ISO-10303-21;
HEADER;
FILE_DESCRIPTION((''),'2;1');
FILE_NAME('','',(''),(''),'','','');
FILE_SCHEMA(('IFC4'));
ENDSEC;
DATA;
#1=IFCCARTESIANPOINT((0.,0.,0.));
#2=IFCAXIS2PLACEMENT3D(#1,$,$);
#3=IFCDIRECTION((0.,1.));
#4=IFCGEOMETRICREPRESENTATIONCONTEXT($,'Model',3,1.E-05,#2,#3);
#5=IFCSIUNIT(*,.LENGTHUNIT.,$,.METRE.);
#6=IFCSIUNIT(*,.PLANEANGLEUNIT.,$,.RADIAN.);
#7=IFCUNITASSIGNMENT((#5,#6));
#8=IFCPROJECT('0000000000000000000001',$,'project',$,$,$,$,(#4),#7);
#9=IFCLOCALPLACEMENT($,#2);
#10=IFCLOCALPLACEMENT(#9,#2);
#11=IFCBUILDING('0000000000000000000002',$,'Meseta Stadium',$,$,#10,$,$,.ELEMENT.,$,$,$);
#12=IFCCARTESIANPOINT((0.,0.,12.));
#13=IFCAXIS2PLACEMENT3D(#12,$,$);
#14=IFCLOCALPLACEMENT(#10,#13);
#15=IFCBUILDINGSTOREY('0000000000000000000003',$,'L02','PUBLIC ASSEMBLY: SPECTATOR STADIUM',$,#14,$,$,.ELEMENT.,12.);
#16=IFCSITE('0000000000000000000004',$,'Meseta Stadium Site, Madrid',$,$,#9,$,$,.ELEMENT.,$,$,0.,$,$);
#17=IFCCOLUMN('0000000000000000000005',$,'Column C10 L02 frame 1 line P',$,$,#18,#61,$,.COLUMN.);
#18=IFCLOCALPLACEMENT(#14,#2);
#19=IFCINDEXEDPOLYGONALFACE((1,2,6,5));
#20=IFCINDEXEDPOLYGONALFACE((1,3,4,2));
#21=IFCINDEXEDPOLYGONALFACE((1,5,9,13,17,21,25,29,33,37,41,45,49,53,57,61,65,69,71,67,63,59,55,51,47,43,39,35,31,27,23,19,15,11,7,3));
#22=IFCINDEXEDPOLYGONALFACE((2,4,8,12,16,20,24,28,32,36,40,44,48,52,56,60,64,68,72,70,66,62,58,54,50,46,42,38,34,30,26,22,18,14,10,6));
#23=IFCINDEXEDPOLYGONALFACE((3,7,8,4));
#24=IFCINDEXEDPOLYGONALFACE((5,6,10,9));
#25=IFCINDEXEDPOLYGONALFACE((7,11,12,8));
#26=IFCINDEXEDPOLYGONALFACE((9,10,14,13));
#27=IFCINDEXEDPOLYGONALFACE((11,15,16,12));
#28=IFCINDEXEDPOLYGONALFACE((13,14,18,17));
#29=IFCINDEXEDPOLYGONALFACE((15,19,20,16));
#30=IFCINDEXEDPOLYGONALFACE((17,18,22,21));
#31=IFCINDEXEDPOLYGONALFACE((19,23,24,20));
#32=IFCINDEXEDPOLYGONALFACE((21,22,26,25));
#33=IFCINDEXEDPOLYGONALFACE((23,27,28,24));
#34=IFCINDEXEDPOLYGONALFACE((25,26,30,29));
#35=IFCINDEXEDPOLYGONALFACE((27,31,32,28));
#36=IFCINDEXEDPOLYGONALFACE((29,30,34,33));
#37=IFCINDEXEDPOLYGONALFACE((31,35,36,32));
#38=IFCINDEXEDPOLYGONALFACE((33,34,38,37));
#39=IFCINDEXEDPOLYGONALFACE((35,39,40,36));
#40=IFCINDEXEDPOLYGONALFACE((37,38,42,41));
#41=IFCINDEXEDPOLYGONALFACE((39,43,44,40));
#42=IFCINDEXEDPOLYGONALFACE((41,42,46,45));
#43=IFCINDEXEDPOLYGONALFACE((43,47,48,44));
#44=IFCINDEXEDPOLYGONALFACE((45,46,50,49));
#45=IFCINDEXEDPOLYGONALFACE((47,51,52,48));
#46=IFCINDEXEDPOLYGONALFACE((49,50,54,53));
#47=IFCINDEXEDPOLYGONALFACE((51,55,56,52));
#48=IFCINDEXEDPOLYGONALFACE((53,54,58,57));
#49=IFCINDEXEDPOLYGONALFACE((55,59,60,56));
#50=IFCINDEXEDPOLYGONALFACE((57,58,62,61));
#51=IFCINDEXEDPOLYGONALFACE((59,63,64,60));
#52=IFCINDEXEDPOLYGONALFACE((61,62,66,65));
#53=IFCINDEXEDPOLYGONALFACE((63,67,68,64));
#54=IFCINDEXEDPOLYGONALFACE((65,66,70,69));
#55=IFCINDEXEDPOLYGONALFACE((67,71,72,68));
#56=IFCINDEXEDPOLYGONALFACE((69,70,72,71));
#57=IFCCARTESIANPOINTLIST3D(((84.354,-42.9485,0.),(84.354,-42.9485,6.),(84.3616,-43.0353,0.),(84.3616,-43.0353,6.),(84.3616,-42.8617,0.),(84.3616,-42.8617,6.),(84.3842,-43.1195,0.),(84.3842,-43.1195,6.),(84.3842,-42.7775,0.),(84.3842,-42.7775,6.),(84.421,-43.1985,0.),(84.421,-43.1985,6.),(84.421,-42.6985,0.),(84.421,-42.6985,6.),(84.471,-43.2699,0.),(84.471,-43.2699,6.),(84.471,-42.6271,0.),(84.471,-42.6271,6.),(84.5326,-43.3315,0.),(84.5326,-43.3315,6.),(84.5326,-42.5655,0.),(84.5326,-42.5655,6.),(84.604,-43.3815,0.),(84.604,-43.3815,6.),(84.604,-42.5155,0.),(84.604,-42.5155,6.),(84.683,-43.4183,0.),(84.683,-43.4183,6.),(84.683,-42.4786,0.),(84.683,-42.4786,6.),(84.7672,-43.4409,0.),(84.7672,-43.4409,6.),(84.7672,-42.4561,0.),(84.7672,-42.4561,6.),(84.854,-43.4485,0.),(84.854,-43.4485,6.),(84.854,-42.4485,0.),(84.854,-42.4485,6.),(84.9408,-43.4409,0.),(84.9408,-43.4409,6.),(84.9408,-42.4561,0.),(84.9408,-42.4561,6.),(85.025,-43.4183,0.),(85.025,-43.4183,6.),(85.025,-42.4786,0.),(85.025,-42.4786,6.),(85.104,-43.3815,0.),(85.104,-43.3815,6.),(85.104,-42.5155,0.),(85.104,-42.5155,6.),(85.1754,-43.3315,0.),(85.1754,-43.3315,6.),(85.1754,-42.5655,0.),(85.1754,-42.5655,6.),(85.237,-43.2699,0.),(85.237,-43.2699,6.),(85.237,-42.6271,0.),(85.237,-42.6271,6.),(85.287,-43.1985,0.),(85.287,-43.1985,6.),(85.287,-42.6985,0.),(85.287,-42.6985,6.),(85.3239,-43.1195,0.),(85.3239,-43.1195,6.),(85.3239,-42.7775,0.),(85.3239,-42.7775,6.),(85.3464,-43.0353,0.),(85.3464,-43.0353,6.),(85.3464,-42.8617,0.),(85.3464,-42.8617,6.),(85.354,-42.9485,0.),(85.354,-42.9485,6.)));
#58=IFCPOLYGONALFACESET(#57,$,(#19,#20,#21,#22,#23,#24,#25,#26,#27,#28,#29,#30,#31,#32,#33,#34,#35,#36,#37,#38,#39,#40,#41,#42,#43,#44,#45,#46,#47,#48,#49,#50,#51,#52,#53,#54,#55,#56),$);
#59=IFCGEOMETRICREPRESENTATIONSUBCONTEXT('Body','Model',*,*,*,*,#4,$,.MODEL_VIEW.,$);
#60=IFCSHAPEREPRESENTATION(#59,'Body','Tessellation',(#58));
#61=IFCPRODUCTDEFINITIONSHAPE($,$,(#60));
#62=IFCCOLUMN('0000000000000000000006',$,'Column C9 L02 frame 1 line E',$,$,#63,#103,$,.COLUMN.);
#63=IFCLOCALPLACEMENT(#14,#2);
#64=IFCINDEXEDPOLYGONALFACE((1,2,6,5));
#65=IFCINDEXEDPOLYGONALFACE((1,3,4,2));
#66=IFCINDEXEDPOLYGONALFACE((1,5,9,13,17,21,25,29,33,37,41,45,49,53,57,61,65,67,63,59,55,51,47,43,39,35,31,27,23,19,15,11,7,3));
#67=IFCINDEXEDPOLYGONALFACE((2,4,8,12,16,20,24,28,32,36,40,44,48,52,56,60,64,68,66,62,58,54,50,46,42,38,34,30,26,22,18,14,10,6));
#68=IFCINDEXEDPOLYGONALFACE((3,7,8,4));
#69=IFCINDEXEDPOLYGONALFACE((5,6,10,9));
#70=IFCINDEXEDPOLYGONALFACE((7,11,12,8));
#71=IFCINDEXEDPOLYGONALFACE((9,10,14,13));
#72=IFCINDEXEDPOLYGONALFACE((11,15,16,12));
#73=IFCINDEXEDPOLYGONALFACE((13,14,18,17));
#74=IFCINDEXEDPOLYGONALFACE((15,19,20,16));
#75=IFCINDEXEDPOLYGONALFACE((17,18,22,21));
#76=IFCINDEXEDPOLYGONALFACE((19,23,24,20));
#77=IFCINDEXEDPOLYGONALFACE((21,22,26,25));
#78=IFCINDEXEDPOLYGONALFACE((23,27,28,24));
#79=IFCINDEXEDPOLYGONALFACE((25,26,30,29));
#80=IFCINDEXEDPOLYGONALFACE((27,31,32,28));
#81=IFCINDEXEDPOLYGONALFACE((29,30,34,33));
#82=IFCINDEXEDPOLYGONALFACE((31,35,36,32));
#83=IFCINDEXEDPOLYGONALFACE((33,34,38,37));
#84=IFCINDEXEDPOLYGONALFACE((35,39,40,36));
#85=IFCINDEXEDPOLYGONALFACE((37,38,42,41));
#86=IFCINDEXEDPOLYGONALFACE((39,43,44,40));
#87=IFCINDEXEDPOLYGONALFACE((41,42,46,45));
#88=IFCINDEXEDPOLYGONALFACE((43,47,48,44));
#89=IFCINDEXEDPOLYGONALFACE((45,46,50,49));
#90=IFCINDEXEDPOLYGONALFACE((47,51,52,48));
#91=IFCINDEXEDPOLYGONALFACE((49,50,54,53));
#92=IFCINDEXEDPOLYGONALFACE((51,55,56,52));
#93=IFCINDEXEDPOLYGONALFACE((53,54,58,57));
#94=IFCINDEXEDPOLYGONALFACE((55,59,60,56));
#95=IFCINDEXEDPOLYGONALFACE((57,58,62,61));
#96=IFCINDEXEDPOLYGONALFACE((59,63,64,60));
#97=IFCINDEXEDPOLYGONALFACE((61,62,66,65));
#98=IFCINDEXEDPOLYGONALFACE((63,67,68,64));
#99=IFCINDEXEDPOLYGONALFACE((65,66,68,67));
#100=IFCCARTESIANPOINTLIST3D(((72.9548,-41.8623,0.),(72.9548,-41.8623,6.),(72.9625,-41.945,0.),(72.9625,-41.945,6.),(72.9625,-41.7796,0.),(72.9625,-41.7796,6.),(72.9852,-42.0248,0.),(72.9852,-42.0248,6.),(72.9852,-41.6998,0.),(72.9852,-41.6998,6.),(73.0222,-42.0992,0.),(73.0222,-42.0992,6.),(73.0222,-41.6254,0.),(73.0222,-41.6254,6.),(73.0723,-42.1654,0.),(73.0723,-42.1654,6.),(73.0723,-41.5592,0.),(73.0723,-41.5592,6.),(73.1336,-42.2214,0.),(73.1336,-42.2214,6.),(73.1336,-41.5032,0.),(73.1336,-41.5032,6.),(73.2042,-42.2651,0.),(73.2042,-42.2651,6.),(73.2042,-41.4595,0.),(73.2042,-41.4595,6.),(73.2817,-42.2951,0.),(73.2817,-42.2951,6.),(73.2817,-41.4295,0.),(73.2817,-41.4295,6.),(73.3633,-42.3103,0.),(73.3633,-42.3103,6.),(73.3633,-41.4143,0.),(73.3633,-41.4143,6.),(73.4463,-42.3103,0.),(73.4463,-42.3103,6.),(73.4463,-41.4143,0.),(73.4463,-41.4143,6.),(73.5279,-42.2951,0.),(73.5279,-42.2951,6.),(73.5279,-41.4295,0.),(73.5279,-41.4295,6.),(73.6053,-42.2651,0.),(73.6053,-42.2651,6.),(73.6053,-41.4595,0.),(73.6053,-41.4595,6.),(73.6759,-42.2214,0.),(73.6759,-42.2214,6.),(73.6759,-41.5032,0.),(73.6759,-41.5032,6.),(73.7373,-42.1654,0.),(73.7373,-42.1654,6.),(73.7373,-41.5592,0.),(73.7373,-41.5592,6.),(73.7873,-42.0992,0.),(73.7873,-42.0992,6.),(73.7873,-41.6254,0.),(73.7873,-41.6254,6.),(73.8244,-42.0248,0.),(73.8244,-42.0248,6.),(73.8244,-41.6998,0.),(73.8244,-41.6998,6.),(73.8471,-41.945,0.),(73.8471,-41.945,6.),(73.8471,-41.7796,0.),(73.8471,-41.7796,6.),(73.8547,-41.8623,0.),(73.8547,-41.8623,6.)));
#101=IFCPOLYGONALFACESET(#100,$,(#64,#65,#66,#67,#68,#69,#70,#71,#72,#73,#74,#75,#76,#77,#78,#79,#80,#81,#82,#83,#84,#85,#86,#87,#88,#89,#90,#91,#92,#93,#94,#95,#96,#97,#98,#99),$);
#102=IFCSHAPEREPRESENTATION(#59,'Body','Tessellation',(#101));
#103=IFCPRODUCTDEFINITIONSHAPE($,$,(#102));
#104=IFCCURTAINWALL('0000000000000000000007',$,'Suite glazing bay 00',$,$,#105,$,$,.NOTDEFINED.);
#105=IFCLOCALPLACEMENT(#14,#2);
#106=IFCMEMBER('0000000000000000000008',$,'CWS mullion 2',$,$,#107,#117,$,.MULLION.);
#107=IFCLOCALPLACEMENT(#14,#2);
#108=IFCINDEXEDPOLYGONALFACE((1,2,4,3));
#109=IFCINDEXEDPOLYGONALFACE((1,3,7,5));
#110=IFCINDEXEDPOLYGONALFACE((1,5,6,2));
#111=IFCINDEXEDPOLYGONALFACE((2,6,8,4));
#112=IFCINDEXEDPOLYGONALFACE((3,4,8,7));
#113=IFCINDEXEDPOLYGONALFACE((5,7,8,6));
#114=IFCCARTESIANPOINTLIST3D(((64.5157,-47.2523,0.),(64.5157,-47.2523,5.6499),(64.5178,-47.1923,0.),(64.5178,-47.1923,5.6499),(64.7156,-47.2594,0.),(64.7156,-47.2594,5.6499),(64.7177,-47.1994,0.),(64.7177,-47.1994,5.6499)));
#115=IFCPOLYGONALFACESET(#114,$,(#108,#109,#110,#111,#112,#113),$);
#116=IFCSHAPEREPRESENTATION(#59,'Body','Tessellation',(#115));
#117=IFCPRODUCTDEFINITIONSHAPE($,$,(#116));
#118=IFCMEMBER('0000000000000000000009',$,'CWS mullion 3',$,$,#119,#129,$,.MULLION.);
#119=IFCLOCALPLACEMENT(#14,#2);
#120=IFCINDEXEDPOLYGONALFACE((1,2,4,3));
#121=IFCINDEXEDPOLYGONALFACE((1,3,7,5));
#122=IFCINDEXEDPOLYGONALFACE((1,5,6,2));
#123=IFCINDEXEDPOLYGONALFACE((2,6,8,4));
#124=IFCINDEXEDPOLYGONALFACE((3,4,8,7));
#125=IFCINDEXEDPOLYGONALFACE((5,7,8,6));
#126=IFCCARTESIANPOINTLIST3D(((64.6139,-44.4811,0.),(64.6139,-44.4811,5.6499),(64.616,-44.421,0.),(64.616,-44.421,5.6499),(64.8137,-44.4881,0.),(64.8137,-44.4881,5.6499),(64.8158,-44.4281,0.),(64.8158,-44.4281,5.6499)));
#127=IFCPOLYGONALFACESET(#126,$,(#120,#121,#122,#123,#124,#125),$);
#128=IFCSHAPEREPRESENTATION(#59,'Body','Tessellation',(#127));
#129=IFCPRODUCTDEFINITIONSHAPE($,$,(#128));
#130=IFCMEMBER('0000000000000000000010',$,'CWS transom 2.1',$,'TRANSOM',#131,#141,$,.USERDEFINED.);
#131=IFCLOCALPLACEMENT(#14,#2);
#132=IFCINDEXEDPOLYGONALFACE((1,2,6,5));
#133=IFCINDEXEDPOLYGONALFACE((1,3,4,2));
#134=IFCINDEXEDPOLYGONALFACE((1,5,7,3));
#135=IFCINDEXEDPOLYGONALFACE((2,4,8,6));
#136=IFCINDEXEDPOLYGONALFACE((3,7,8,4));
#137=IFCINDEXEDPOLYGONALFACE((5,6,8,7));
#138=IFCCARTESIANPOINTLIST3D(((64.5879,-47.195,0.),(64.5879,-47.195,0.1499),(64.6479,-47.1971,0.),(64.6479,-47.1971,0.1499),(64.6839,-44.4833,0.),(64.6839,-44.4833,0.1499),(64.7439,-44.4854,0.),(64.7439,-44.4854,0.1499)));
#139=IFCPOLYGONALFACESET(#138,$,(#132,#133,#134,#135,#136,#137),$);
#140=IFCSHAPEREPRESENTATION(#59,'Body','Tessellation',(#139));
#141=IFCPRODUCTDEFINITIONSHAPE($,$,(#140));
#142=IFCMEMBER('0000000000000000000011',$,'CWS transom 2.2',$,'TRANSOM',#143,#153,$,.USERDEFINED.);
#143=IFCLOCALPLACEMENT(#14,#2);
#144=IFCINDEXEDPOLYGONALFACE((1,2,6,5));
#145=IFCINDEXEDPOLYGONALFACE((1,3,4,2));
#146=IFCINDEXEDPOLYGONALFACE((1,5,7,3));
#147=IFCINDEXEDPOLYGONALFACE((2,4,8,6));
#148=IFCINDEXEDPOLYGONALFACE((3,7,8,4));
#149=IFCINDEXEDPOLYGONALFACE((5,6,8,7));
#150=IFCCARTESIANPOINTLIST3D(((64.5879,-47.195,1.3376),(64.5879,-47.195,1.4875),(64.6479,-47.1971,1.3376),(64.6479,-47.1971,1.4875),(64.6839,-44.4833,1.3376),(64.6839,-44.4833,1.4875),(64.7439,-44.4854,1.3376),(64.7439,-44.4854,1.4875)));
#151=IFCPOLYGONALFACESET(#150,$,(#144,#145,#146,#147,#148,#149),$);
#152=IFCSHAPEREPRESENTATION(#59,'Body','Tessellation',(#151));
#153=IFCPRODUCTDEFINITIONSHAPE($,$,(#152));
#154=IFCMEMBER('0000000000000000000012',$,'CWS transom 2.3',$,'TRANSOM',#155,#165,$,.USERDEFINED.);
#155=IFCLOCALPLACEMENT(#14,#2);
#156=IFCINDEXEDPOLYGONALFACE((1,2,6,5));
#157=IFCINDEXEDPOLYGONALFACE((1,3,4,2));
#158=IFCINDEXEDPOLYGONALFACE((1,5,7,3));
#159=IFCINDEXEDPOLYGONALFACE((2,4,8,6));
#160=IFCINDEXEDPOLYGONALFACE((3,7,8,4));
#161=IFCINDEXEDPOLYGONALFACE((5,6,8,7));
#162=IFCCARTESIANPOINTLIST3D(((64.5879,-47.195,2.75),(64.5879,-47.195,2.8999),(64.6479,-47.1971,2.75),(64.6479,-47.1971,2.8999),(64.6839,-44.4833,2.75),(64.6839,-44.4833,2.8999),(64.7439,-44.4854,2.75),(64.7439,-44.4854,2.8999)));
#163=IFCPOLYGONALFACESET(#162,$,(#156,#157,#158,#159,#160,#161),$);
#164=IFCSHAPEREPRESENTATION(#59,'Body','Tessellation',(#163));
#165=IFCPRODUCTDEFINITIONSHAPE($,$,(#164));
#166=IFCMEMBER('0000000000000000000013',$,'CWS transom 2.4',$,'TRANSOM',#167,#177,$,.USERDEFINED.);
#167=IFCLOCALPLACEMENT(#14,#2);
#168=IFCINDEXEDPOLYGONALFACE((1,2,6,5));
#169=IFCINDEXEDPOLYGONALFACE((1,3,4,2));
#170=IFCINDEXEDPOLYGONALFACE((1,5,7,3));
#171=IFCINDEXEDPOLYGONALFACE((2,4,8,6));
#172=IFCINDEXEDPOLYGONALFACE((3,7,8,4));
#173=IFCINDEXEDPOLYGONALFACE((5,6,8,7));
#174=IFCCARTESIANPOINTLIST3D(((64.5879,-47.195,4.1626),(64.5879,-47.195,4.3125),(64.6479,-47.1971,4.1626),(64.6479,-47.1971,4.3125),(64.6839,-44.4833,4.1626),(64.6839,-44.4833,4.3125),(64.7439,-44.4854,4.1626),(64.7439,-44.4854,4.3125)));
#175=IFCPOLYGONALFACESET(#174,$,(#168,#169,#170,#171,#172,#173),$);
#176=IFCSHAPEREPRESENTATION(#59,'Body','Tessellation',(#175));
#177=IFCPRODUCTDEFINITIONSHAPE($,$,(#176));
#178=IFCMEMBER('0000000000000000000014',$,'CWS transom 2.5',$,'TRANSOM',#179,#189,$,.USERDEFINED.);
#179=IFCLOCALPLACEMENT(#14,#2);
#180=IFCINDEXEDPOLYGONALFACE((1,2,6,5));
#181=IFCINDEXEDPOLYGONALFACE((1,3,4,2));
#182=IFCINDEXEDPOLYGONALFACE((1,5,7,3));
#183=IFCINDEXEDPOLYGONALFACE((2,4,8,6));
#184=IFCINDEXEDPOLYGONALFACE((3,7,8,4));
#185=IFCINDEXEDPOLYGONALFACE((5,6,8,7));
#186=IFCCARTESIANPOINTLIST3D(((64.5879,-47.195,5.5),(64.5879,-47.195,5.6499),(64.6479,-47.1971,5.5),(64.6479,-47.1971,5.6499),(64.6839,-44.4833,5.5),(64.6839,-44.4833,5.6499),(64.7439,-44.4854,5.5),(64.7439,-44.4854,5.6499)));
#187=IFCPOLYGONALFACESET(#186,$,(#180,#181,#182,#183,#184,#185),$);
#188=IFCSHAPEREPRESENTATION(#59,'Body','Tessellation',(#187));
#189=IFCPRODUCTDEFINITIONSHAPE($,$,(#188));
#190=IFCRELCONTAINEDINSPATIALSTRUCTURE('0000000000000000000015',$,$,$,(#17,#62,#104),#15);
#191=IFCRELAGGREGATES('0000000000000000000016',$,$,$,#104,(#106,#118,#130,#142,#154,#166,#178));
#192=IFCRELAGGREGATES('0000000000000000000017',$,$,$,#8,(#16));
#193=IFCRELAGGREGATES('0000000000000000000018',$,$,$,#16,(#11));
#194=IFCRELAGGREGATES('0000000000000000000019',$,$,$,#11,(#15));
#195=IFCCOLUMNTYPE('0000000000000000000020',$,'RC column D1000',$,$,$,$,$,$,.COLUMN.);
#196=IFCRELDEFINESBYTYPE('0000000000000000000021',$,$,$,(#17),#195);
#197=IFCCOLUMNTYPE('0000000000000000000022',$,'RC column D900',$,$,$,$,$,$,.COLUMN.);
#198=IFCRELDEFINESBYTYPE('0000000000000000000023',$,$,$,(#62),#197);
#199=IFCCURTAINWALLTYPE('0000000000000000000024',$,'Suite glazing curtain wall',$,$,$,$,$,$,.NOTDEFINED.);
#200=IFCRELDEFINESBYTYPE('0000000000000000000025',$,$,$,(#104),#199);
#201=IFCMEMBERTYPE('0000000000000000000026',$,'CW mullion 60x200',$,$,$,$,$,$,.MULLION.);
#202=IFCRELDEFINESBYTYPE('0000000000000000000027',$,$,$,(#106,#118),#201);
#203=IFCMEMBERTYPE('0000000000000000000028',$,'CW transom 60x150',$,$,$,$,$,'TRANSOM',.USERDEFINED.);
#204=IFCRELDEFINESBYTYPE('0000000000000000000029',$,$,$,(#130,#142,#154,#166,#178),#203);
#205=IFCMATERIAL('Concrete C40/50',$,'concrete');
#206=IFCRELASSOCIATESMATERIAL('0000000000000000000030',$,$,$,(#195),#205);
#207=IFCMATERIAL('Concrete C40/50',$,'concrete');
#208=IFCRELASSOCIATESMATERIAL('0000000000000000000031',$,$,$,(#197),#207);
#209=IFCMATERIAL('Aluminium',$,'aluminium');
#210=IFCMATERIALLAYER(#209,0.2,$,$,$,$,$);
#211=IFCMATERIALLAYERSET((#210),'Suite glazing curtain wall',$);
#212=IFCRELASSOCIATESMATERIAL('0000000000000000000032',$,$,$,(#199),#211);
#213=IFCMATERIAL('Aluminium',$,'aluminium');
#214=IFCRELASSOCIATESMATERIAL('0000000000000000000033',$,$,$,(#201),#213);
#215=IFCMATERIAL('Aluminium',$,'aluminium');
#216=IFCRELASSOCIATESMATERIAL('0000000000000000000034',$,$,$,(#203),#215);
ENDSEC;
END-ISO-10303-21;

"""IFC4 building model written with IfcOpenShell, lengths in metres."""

from ifc_helpers import new_model, si_unit, direction, frame, origin, origin_2d, place, context, subcontext, project, spatial, rectangle, circle, extrude, material, layer, layer_set, material_profile, profile_set, type_object, element, aggregate, save


model = new_model("IFC4")

# Units and contexts
model_context = context("Model", 3, precision=1e-05, world=origin(), true_north=direction((0.0, 1.0)))
body_context = subcontext(model_context, "Body", "Model", "MODEL_VIEW")
ifc_project = project(units=[si_unit("LENGTHUNIT", "METRE"), si_unit("PLANEANGLEUNIT", "RADIAN")], contexts=[model_context])

# Site, building, storey
site_placement = place(None, origin())
site = spatial("IfcSite", under=ifc_project, at=site_placement, Name="Meseta Stadium Site, Madrid", CompositionType="ELEMENT", RefElevation=0.0)
building_placement = place(site_placement, origin())
building = spatial("IfcBuilding", under=site, at=building_placement, Name="Meseta Stadium", CompositionType="ELEMENT")
storey_placement = place(building_placement, frame((0.0, 0.0, 12.0)))
storey = spatial("IfcBuildingStorey", under=building, at=storey_placement, Name="L02", Description="PUBLIC ASSEMBLY: SPECTATOR STADIUM", CompositionType="ELEMENT", Elevation=12.0)

# Columns
ifc_material_1 = material(Name="Concrete C40/50", Category="concrete")
ifc_material_profile_1 = material_profile(ifc_material_1, circle(Radius=0.5, at=origin_2d()), Name="RC D1000")
ifc_profile_set_1 = profile_set([ifc_material_profile_1], Name="Concrete C40/50")
column_type_1 = type_object("IfcColumnType", Name="RC column D1000", PredefinedType="COLUMN", material=ifc_profile_set_1)
column_1_placement = place(storey_placement, frame((84.854, -42.9485, 0.0), z_axis=(0.0, 0.0, 1.0), x_axis=(1.0, 0.0, 0.0)))
element("IfcColumn", 1, at=column_1_placement, inside=storey, type_object=column_type_1, Name="Column C10 L02 frame 1 line P", PredefinedType="COLUMN", context=body_context, shape_type="SweptSolid", body=[
    extrude(circle(Radius=0.5, at=origin_2d()), origin(), (0.0, 0.0, 1.0), 6.0),
])
ifc_material_2 = material(Name="Concrete C40/50", Category="concrete")
ifc_material_profile_2 = material_profile(ifc_material_2, circle(Radius=0.45, at=origin_2d()), Name="RC D900")
ifc_profile_set_2 = profile_set([ifc_material_profile_2], Name="Concrete C40/50")
column_type_2 = type_object("IfcColumnType", Name="RC column D900", PredefinedType="COLUMN", material=ifc_profile_set_2)
column_2_placement = place(storey_placement, frame((73.4048, -41.8623, 0.0), z_axis=(0.0, 0.0, 1.0), x_axis=(1.0, 0.0, 0.0)))
element("IfcColumn", 2, at=column_2_placement, inside=storey, type_object=column_type_2, Name="Column C9 L02 frame 1 line E", PredefinedType="COLUMN", context=body_context, shape_type="SweptSolid", body=[
    extrude(circle(Radius=0.45, at=origin_2d()), origin(), (0.0, 0.0, 1.0), 6.0),
])

# Curtain wall, members
ifc_material_3 = material(Name="Aluminium", Category="aluminium")
ifc_layer_1 = layer(ifc_material_3, 0.2)
ifc_layer_set_1 = layer_set([ifc_layer_1], Name="Suite glazing curtain wall")
curtain_wall_type = type_object("IfcCurtainWallType", Name="Suite glazing curtain wall", PredefinedType="NOTDEFINED", material=ifc_layer_set_1)
curtain_wall_placement = place(storey_placement, origin())
curtain_wall = element("IfcCurtainWall", 3, at=curtain_wall_placement, inside=storey, type_object=curtain_wall_type, Name="Suite glazing bay 00", PredefinedType="NOTDEFINED")
ifc_material_4 = material(Name="Aluminium", Category="aluminium")
ifc_material_profile_3 = material_profile(ifc_material_4, rectangle(XDim=0.2, YDim=0.0601, at=origin_2d()), Name="CW 200x60")
ifc_profile_set_3 = profile_set([ifc_material_profile_3], Name="Aluminium")
member_type_1 = type_object("IfcMemberType", Name="CW mullion 60x200", PredefinedType="MULLION", material=ifc_profile_set_3)
member_1_placement = place(storey_placement, frame((64.6167, -47.2258, 0.0), z_axis=(0.0, 0.0, 1.0), x_axis=(-0.999374, 0.035371, 0.0)))
member_1 = element("IfcMember", 4, at=member_1_placement, type_object=member_type_1, Name="CWS mullion 2", PredefinedType="MULLION", context=body_context, shape_type="SweptSolid", body=[
    extrude(rectangle(XDim=0.2, YDim=0.0601, at=origin_2d()), origin(), (0.0, 0.0, 1.0), 5.6499),
])
member_2_placement = place(storey_placement, frame((64.7148, -44.4546, 0.0), z_axis=(0.0, 0.0, 1.0), x_axis=(-0.999374, 0.035371, 0.0)))
member_2 = element("IfcMember", 5, at=member_2_placement, type_object=member_type_1, Name="CWS mullion 3", PredefinedType="MULLION", context=body_context, shape_type="SweptSolid", body=[
    extrude(rectangle(XDim=0.2, YDim=0.0601, at=origin_2d()), origin(), (0.0, 0.0, 1.0), 5.6499),
])
ifc_material_5 = material(Name="Aluminium", Category="aluminium")
ifc_material_profile_4 = material_profile(ifc_material_5, rectangle(XDim=0.0601, YDim=0.1499, at=origin_2d()), Name="CW 60x150")
ifc_profile_set_4 = profile_set([ifc_material_profile_4], Name="Aluminium")
member_type_2 = type_object("IfcMemberType", Name="CW transom 60x150", ElementType="TRANSOM", PredefinedType="USERDEFINED", material=ifc_profile_set_4)
member_3_placement = place(storey_placement, frame((64.6179, -47.196, 0.075), z_axis=(0.035361, 0.999375, 0.0), x_axis=(-0.999375, 0.035361, 0.0)))
member_3 = element("IfcMember", 6, at=member_3_placement, type_object=member_type_2, Name="CWS transom 2.1", ObjectType="TRANSOM", PredefinedType="USERDEFINED", context=body_context, shape_type="SweptSolid", body=[
    extrude(rectangle(XDim=0.0601, YDim=0.1499, at=origin_2d()), origin(), (0.0, 0.0, 1.0), 2.7134),
])
member_4_placement = place(storey_placement, frame((64.6179, -47.196, 1.4126), z_axis=(0.035361, 0.999375, 0.0), x_axis=(-0.999375, 0.035361, 0.0)))
member_4 = element("IfcMember", 7, at=member_4_placement, type_object=member_type_2, Name="CWS transom 2.2", ObjectType="TRANSOM", PredefinedType="USERDEFINED", context=body_context, shape_type="SweptSolid", body=[
    extrude(rectangle(XDim=0.0601, YDim=0.1499, at=origin_2d()), origin(), (0.0, 0.0, 1.0), 2.7134),
])
member_5_placement = place(storey_placement, frame((64.6179, -47.196, 2.825), z_axis=(0.035361, 0.999375, 0.0), x_axis=(-0.999375, 0.035361, 0.0)))
member_5 = element("IfcMember", 8, at=member_5_placement, type_object=member_type_2, Name="CWS transom 2.3", ObjectType="TRANSOM", PredefinedType="USERDEFINED", context=body_context, shape_type="SweptSolid", body=[
    extrude(rectangle(XDim=0.0601, YDim=0.1499, at=origin_2d()), origin(), (0.0, 0.0, 1.0), 2.7134),
])
member_6_placement = place(storey_placement, frame((64.6179, -47.196, 4.2375), z_axis=(0.035361, 0.999375, 0.0), x_axis=(-0.999375, 0.035361, 0.0)))
member_6 = element("IfcMember", 9, at=member_6_placement, type_object=member_type_2, Name="CWS transom 2.4", ObjectType="TRANSOM", PredefinedType="USERDEFINED", context=body_context, shape_type="SweptSolid", body=[
    extrude(rectangle(XDim=0.0601, YDim=0.1499, at=origin_2d()), origin(), (0.0, 0.0, 1.0), 2.7134),
])
member_7_placement = place(storey_placement, frame((64.6179, -47.196, 5.575), z_axis=(0.035361, 0.999375, 0.0), x_axis=(-0.999375, 0.035361, 0.0)))
member_7 = element("IfcMember", 10, at=member_7_placement, type_object=member_type_2, Name="CWS transom 2.5", ObjectType="TRANSOM", PredefinedType="USERDEFINED", context=body_context, shape_type="SweptSolid", body=[
    extrude(rectangle(XDim=0.0601, YDim=0.1499, at=origin_2d()), origin(), (0.0, 0.0, 1.0), 2.7134),
])

aggregate(curtain_wall, [member_1, member_2, member_3, member_4, member_5, member_6, member_7])

save(model, "model.ifc")
